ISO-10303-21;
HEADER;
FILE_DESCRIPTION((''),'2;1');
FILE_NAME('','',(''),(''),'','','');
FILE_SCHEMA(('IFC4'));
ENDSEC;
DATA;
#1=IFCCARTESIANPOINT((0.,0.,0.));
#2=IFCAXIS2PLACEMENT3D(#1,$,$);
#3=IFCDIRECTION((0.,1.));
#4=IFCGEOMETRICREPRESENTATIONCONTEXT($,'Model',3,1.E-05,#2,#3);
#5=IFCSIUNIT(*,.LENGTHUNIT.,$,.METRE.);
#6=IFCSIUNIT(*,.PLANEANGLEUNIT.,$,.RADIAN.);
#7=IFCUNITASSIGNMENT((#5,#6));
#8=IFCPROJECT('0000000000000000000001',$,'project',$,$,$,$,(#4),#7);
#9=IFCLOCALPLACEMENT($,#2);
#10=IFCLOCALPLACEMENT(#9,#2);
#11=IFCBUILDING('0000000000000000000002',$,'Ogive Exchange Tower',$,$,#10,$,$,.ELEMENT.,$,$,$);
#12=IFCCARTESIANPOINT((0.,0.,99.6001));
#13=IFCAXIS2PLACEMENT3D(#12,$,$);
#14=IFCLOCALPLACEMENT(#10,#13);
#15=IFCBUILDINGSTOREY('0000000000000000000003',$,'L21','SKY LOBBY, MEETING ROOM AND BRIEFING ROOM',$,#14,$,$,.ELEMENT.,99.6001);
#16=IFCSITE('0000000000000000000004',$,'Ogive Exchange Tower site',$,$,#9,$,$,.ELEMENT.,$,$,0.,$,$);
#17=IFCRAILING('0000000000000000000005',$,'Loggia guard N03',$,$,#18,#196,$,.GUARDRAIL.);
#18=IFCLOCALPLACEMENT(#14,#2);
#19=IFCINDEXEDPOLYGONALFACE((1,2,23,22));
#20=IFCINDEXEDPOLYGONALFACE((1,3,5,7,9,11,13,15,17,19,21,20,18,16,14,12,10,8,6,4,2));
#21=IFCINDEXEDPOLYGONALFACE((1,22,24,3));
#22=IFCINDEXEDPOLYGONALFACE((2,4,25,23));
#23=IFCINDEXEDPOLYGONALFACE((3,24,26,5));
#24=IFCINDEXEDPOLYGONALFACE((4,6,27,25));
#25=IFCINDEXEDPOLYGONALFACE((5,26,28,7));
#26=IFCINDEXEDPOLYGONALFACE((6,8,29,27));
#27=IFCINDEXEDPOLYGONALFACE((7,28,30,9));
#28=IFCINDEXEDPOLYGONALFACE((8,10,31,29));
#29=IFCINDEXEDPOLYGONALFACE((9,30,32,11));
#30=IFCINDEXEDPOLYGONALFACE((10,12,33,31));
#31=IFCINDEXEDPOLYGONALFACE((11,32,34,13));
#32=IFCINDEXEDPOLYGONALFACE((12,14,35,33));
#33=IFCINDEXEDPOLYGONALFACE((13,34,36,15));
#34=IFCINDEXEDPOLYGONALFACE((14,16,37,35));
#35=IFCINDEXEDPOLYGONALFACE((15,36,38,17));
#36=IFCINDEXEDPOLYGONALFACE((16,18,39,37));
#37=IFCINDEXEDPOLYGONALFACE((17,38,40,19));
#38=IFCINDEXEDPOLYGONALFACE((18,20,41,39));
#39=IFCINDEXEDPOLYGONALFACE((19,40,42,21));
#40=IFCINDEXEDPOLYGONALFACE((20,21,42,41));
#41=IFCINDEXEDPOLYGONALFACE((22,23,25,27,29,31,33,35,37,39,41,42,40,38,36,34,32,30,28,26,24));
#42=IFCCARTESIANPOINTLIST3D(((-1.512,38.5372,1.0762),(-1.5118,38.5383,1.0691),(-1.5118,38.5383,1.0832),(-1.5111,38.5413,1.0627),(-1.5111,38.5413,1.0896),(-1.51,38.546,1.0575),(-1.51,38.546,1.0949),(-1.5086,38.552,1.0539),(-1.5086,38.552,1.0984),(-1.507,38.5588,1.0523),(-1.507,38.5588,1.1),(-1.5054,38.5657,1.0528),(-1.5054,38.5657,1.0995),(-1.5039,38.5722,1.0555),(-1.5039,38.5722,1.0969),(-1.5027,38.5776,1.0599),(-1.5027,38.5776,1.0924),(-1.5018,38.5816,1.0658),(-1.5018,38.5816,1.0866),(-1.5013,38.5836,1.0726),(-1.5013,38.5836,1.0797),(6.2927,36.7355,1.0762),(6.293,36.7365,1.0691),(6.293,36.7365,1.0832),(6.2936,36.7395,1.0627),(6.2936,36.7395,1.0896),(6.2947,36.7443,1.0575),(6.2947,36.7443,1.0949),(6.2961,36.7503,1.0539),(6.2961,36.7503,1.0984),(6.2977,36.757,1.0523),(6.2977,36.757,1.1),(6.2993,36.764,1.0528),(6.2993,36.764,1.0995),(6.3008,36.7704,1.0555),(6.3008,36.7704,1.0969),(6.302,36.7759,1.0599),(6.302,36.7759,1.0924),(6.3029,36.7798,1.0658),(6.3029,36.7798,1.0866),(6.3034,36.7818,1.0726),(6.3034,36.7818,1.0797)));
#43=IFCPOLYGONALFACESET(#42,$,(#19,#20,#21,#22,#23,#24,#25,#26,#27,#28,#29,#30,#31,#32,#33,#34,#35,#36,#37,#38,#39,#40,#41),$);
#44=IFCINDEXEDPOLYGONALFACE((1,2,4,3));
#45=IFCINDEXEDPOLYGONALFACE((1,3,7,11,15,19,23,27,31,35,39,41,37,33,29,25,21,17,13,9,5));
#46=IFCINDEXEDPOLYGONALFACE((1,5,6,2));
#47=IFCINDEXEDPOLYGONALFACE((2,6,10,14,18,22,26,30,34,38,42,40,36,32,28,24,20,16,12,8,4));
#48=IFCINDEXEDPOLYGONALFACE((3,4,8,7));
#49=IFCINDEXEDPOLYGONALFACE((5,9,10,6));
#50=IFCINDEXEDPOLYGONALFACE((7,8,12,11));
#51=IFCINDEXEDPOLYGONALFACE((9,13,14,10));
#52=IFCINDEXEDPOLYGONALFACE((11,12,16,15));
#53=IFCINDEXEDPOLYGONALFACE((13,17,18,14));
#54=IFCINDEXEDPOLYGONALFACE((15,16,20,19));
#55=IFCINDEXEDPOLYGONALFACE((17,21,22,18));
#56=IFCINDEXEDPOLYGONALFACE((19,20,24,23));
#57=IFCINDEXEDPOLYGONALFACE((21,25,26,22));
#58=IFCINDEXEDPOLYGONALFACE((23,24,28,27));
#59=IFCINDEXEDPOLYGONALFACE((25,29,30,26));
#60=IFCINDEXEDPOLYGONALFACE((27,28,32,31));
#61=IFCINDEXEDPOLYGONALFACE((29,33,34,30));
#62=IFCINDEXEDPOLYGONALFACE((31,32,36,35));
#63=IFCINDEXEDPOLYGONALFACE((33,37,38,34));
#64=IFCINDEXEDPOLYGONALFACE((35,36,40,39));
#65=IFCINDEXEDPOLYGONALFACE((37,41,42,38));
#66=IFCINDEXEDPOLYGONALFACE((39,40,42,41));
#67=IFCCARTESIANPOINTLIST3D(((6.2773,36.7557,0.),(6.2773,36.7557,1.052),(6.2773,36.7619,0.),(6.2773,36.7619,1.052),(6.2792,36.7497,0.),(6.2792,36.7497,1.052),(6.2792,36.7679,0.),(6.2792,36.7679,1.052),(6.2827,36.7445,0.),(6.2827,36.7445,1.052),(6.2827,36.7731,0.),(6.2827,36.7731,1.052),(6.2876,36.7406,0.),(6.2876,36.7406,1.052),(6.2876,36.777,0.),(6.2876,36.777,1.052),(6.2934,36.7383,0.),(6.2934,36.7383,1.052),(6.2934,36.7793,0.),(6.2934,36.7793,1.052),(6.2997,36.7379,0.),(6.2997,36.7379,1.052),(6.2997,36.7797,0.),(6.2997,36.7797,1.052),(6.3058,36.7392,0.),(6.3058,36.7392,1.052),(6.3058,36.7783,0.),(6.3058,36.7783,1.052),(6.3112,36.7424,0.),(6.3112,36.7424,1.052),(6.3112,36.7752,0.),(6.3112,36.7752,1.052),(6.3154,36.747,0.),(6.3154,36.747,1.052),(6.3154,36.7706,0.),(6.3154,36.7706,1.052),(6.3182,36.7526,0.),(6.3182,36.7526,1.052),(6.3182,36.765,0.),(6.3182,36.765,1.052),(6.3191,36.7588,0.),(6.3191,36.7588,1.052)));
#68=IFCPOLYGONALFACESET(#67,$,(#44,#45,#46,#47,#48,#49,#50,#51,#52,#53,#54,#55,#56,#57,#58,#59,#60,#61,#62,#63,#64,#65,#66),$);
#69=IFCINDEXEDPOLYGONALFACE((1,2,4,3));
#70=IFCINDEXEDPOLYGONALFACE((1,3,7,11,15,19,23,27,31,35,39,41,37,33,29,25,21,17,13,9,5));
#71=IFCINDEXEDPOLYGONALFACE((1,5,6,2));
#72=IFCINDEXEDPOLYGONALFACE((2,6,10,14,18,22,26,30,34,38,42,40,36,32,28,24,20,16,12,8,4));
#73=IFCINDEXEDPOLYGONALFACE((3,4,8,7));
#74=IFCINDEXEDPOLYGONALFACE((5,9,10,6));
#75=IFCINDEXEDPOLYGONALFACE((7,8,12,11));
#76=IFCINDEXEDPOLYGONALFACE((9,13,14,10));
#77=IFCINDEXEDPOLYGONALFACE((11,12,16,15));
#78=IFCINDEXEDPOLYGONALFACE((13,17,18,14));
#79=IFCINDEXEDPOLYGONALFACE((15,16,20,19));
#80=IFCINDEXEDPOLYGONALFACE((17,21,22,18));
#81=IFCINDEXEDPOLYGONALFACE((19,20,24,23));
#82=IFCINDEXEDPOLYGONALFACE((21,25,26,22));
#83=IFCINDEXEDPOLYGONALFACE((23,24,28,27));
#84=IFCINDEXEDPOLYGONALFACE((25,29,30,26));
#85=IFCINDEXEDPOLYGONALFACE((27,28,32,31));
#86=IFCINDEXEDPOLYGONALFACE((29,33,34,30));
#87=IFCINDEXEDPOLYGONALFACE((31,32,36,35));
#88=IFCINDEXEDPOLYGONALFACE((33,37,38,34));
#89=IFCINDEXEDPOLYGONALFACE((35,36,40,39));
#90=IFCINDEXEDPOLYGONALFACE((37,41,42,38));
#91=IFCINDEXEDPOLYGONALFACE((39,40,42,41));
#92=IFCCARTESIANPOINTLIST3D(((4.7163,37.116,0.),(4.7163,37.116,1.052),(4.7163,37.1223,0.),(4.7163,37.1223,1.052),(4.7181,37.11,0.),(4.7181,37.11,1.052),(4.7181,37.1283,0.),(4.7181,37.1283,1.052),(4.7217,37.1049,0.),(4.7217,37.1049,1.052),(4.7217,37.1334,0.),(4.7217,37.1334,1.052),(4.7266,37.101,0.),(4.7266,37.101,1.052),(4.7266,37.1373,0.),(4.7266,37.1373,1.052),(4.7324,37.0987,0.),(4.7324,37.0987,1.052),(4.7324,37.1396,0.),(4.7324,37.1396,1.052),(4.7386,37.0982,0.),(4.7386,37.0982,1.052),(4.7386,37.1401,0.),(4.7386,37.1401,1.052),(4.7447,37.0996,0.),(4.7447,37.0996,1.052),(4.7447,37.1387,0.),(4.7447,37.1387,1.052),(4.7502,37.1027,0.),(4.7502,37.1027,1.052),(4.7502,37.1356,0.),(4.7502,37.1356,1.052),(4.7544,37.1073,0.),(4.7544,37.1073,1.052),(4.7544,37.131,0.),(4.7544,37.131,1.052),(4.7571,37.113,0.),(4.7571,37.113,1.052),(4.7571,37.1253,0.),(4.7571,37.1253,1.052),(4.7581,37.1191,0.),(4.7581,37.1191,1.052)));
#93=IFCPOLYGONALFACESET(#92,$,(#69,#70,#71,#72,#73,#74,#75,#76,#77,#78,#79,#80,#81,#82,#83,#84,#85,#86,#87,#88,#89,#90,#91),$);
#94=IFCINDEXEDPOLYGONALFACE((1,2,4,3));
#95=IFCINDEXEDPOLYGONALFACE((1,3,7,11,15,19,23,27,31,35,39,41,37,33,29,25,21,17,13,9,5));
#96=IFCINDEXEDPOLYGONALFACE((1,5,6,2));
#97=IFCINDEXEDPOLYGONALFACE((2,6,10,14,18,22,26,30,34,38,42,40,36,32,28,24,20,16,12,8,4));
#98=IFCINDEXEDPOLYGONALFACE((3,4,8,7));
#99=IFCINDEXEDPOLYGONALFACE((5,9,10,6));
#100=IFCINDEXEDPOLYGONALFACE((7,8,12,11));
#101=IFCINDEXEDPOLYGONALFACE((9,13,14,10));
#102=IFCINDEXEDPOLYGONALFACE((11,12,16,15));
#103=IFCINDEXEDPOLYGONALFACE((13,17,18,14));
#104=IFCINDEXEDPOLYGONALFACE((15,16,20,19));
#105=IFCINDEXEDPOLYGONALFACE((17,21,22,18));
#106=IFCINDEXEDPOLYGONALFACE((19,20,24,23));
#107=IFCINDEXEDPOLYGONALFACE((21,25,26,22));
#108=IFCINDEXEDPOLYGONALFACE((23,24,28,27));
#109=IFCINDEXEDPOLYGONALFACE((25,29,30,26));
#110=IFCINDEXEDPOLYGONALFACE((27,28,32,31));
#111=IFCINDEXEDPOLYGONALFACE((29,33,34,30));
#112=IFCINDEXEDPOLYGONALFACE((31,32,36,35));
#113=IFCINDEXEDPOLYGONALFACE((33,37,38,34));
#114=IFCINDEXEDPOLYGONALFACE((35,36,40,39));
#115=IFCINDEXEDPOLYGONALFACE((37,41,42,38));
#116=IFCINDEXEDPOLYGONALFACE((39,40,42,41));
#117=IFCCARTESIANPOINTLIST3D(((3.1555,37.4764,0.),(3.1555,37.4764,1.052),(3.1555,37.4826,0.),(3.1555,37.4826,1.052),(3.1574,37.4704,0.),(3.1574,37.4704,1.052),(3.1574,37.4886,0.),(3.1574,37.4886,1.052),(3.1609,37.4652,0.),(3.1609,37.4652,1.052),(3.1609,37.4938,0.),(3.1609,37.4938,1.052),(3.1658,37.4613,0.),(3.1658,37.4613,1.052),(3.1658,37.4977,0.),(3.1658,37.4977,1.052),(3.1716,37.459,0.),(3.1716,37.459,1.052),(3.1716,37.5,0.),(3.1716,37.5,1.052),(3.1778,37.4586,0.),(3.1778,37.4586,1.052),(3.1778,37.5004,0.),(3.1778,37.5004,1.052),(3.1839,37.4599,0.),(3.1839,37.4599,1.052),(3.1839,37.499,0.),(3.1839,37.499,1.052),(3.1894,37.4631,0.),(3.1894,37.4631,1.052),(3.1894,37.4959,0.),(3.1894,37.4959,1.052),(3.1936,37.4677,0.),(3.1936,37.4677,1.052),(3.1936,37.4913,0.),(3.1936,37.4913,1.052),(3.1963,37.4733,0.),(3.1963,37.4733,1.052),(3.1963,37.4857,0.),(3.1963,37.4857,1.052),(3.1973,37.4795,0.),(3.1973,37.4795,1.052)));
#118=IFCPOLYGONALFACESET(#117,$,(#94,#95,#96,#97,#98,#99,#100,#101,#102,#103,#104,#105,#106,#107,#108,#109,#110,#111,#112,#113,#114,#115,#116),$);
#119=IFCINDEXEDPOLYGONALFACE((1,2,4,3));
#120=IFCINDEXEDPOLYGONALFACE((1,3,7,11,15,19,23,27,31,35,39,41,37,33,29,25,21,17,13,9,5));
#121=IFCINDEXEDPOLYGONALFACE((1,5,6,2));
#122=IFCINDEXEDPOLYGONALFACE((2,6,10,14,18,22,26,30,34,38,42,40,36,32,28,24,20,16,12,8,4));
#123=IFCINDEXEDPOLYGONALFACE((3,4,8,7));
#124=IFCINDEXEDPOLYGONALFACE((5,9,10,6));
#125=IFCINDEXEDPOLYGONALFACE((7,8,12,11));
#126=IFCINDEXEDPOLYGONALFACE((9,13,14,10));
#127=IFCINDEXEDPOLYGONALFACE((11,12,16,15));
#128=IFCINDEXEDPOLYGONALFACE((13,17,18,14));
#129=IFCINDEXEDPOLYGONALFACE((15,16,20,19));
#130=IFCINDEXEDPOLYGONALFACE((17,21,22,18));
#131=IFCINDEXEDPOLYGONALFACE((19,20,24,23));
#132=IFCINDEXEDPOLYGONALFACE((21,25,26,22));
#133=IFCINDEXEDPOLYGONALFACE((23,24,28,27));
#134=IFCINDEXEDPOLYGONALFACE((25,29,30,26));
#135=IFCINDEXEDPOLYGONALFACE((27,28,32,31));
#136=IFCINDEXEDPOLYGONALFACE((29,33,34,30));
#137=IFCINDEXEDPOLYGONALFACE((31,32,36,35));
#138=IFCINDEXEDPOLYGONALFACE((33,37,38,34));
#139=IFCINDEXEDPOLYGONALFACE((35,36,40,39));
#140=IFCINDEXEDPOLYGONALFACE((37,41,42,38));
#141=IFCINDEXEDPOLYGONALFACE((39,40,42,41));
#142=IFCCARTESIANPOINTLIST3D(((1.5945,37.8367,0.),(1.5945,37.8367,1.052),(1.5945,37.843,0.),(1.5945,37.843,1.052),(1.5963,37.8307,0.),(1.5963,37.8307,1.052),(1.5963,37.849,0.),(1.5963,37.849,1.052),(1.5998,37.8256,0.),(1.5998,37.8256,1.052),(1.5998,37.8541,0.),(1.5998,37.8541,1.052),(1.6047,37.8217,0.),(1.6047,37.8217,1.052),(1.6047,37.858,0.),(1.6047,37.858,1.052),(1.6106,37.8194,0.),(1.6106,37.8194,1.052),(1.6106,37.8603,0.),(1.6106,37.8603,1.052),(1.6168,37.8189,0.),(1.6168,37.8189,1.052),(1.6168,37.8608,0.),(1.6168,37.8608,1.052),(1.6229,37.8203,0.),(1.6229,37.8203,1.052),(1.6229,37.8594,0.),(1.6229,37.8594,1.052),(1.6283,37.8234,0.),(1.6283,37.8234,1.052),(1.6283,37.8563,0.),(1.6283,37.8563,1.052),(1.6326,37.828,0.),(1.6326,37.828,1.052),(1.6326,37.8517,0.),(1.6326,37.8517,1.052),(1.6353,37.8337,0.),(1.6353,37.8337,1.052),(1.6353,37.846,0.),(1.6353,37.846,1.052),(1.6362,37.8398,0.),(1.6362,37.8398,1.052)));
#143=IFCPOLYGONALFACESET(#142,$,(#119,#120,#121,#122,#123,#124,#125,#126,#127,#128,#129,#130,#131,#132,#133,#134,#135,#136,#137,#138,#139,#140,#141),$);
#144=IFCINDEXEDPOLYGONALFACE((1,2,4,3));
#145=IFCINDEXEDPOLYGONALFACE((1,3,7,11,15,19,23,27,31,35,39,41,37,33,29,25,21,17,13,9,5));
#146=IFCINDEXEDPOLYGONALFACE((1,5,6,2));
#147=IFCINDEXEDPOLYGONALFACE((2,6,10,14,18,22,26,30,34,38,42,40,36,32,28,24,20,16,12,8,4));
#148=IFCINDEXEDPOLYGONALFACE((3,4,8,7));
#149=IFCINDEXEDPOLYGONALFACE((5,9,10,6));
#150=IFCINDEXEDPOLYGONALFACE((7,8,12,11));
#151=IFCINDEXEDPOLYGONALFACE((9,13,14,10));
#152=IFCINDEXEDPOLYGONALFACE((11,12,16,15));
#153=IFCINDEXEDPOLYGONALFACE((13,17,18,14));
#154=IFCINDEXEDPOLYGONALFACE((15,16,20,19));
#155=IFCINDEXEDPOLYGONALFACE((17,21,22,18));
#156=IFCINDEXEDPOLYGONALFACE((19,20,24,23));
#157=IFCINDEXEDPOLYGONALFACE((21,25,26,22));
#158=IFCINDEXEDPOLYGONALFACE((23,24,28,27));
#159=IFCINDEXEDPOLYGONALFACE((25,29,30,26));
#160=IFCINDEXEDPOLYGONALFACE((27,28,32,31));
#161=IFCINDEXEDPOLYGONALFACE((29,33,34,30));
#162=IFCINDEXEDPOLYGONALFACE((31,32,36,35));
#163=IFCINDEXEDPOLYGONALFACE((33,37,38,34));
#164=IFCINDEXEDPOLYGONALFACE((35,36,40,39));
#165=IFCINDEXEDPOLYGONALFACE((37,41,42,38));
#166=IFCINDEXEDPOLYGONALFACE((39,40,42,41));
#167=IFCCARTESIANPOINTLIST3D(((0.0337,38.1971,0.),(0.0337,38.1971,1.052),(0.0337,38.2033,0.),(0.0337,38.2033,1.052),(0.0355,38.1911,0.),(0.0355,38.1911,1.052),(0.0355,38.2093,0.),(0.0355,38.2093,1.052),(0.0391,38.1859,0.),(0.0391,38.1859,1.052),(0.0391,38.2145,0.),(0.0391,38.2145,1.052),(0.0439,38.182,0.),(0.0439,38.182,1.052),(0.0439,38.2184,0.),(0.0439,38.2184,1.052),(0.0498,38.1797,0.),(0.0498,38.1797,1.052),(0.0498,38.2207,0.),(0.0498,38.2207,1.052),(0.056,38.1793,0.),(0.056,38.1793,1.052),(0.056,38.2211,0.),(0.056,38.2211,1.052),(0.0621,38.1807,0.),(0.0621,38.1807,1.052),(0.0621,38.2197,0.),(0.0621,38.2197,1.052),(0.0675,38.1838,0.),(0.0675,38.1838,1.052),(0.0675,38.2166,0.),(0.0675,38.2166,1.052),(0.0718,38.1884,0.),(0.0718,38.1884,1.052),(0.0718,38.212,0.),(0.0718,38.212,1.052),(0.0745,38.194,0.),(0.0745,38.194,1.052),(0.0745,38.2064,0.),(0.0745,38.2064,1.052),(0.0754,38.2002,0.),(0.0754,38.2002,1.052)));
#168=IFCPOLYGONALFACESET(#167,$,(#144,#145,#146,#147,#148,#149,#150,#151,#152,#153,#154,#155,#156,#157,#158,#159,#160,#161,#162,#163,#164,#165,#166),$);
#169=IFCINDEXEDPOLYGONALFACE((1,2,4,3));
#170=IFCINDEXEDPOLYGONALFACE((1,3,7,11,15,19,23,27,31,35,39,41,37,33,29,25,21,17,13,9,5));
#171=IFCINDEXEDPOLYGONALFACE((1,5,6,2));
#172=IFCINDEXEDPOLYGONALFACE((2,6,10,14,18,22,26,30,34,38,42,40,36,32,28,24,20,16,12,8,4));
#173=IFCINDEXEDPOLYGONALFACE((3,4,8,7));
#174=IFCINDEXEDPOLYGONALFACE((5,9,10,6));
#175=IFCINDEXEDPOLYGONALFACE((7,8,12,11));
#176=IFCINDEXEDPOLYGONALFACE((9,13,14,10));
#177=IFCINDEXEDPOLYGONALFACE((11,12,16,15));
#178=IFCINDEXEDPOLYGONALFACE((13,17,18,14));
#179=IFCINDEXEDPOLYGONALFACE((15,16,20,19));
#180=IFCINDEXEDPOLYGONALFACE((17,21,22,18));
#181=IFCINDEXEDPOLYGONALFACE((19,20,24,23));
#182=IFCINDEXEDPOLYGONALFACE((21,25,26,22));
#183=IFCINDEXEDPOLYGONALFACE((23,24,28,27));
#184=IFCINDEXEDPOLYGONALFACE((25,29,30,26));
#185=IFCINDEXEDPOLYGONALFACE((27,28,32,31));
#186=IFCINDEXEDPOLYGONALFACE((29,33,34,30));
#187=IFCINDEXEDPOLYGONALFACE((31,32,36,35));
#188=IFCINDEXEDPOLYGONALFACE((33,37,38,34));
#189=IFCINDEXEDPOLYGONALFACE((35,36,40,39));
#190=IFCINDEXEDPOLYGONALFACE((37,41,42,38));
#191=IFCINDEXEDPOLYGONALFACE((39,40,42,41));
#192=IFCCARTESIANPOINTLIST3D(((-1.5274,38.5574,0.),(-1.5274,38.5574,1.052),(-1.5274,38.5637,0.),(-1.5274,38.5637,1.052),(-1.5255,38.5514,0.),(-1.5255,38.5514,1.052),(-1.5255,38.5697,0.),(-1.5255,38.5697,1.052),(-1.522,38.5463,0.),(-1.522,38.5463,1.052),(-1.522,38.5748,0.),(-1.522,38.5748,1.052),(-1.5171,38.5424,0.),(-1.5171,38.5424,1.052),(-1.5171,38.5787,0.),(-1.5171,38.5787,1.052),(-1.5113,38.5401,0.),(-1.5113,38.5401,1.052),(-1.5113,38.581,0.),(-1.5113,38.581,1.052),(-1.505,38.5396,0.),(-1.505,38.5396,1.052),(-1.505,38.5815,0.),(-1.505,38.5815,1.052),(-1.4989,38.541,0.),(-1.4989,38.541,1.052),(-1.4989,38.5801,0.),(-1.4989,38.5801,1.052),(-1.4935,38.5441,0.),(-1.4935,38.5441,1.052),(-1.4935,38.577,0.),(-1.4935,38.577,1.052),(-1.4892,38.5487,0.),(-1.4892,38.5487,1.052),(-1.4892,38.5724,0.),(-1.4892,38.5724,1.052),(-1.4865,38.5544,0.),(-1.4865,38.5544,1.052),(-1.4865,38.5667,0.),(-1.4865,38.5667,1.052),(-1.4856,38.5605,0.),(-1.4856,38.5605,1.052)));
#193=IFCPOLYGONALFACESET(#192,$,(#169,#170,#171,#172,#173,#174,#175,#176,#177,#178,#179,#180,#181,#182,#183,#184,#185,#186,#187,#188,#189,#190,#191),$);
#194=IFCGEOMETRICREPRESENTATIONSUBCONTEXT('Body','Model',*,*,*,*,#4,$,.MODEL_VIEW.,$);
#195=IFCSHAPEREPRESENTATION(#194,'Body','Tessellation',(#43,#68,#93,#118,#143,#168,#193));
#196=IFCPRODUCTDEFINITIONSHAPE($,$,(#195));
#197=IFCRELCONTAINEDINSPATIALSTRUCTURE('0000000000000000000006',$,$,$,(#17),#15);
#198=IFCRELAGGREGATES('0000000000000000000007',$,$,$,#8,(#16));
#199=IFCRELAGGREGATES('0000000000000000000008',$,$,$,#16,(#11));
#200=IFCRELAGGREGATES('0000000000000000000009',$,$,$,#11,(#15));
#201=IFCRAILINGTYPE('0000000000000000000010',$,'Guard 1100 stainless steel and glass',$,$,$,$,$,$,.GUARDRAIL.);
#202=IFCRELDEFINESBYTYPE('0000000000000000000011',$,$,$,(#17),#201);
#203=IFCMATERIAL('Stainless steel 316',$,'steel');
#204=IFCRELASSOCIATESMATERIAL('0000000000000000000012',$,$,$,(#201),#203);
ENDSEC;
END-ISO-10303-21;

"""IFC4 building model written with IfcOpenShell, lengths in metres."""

from ifc_helpers import new_model, si_unit, direction, frame, origin, origin_2d, place, context, subcontext, project, spatial, circle, extrude, material, type_object, element, save


model = new_model("IFC4")

# Units and contexts
model_context = context("Model", 3, precision=1e-05, world=origin(), true_north=direction((0.0, 1.0)))
body_context = subcontext(model_context, "Body", "Model", "MODEL_VIEW")
ifc_project = project(units=[si_unit("LENGTHUNIT", "METRE"), si_unit("PLANEANGLEUNIT", "RADIAN")], contexts=[model_context])

# Site, building, storey
site_placement = place(None, origin())
site = spatial("IfcSite", under=ifc_project, at=site_placement, Name="Ogive Exchange Tower site", CompositionType="ELEMENT", RefElevation=0.0)
building_placement = place(site_placement, origin())
building = spatial("IfcBuilding", under=site, at=building_placement, Name="Ogive Exchange Tower", CompositionType="ELEMENT")
storey_placement = place(building_placement, frame((0.0, 0.0, 99.6001)))
storey = spatial("IfcBuildingStorey", under=building, at=storey_placement, Name="L21", Description="SKY LOBBY, MEETING ROOM AND BRIEFING ROOM", CompositionType="ELEMENT", Elevation=99.6001)

# Railing
ifc_material_1 = material(Name="Stainless steel 316", Category="steel")
railing_type_1 = type_object("IfcRailingType", Name="Guard 1100 stainless steel and glass", PredefinedType="GUARDRAIL", material=ifc_material_1)
railing_1_placement = place(storey_placement, frame((6.2981, 36.7588, 0.0)))
element("IfcRailing", 1, at=railing_1_placement, inside=storey, type_object=railing_type_1, Name="Loggia guard N03", PredefinedType="GUARDRAIL", context=body_context, shape_type="SweptSolid", body=[
    extrude(circle(Radius=0.0239, at=origin_2d()), frame((0.0, 0.0, 1.0762), z_axis=(-0.974373, 0.22494, 0.0), x_axis=(-0.22494, -0.974373, 0.0)), (0.0, 0.0, 1.0), 8.01),
    extrude(circle(Radius=0.021, at=origin_2d()), origin(), (0.0, 0.0, 1.0), 1.052),
    extrude(circle(Radius=0.021, at=origin_2d()), frame((-1.561, 0.3604, 0.0)), (0.0, 0.0, 1.0), 1.052),
    extrude(circle(Radius=0.021, at=origin_2d()), frame((-3.1218, 0.7207, 0.0)), (0.0, 0.0, 1.0), 1.052),
    extrude(circle(Radius=0.021, at=origin_2d()), frame((-4.6829, 1.0811, 0.0)), (0.0, 0.0, 1.0), 1.052),
    extrude(circle(Radius=0.021, at=origin_2d()), frame((-6.2437, 1.4414, 0.0)), (0.0, 0.0, 1.0), 1.052),
    extrude(circle(Radius=0.021, at=origin_2d()), frame((-7.8047, 1.8018, 0.0)), (0.0, 0.0, 1.0), 1.052),
])

save(model, "model.ifc")
